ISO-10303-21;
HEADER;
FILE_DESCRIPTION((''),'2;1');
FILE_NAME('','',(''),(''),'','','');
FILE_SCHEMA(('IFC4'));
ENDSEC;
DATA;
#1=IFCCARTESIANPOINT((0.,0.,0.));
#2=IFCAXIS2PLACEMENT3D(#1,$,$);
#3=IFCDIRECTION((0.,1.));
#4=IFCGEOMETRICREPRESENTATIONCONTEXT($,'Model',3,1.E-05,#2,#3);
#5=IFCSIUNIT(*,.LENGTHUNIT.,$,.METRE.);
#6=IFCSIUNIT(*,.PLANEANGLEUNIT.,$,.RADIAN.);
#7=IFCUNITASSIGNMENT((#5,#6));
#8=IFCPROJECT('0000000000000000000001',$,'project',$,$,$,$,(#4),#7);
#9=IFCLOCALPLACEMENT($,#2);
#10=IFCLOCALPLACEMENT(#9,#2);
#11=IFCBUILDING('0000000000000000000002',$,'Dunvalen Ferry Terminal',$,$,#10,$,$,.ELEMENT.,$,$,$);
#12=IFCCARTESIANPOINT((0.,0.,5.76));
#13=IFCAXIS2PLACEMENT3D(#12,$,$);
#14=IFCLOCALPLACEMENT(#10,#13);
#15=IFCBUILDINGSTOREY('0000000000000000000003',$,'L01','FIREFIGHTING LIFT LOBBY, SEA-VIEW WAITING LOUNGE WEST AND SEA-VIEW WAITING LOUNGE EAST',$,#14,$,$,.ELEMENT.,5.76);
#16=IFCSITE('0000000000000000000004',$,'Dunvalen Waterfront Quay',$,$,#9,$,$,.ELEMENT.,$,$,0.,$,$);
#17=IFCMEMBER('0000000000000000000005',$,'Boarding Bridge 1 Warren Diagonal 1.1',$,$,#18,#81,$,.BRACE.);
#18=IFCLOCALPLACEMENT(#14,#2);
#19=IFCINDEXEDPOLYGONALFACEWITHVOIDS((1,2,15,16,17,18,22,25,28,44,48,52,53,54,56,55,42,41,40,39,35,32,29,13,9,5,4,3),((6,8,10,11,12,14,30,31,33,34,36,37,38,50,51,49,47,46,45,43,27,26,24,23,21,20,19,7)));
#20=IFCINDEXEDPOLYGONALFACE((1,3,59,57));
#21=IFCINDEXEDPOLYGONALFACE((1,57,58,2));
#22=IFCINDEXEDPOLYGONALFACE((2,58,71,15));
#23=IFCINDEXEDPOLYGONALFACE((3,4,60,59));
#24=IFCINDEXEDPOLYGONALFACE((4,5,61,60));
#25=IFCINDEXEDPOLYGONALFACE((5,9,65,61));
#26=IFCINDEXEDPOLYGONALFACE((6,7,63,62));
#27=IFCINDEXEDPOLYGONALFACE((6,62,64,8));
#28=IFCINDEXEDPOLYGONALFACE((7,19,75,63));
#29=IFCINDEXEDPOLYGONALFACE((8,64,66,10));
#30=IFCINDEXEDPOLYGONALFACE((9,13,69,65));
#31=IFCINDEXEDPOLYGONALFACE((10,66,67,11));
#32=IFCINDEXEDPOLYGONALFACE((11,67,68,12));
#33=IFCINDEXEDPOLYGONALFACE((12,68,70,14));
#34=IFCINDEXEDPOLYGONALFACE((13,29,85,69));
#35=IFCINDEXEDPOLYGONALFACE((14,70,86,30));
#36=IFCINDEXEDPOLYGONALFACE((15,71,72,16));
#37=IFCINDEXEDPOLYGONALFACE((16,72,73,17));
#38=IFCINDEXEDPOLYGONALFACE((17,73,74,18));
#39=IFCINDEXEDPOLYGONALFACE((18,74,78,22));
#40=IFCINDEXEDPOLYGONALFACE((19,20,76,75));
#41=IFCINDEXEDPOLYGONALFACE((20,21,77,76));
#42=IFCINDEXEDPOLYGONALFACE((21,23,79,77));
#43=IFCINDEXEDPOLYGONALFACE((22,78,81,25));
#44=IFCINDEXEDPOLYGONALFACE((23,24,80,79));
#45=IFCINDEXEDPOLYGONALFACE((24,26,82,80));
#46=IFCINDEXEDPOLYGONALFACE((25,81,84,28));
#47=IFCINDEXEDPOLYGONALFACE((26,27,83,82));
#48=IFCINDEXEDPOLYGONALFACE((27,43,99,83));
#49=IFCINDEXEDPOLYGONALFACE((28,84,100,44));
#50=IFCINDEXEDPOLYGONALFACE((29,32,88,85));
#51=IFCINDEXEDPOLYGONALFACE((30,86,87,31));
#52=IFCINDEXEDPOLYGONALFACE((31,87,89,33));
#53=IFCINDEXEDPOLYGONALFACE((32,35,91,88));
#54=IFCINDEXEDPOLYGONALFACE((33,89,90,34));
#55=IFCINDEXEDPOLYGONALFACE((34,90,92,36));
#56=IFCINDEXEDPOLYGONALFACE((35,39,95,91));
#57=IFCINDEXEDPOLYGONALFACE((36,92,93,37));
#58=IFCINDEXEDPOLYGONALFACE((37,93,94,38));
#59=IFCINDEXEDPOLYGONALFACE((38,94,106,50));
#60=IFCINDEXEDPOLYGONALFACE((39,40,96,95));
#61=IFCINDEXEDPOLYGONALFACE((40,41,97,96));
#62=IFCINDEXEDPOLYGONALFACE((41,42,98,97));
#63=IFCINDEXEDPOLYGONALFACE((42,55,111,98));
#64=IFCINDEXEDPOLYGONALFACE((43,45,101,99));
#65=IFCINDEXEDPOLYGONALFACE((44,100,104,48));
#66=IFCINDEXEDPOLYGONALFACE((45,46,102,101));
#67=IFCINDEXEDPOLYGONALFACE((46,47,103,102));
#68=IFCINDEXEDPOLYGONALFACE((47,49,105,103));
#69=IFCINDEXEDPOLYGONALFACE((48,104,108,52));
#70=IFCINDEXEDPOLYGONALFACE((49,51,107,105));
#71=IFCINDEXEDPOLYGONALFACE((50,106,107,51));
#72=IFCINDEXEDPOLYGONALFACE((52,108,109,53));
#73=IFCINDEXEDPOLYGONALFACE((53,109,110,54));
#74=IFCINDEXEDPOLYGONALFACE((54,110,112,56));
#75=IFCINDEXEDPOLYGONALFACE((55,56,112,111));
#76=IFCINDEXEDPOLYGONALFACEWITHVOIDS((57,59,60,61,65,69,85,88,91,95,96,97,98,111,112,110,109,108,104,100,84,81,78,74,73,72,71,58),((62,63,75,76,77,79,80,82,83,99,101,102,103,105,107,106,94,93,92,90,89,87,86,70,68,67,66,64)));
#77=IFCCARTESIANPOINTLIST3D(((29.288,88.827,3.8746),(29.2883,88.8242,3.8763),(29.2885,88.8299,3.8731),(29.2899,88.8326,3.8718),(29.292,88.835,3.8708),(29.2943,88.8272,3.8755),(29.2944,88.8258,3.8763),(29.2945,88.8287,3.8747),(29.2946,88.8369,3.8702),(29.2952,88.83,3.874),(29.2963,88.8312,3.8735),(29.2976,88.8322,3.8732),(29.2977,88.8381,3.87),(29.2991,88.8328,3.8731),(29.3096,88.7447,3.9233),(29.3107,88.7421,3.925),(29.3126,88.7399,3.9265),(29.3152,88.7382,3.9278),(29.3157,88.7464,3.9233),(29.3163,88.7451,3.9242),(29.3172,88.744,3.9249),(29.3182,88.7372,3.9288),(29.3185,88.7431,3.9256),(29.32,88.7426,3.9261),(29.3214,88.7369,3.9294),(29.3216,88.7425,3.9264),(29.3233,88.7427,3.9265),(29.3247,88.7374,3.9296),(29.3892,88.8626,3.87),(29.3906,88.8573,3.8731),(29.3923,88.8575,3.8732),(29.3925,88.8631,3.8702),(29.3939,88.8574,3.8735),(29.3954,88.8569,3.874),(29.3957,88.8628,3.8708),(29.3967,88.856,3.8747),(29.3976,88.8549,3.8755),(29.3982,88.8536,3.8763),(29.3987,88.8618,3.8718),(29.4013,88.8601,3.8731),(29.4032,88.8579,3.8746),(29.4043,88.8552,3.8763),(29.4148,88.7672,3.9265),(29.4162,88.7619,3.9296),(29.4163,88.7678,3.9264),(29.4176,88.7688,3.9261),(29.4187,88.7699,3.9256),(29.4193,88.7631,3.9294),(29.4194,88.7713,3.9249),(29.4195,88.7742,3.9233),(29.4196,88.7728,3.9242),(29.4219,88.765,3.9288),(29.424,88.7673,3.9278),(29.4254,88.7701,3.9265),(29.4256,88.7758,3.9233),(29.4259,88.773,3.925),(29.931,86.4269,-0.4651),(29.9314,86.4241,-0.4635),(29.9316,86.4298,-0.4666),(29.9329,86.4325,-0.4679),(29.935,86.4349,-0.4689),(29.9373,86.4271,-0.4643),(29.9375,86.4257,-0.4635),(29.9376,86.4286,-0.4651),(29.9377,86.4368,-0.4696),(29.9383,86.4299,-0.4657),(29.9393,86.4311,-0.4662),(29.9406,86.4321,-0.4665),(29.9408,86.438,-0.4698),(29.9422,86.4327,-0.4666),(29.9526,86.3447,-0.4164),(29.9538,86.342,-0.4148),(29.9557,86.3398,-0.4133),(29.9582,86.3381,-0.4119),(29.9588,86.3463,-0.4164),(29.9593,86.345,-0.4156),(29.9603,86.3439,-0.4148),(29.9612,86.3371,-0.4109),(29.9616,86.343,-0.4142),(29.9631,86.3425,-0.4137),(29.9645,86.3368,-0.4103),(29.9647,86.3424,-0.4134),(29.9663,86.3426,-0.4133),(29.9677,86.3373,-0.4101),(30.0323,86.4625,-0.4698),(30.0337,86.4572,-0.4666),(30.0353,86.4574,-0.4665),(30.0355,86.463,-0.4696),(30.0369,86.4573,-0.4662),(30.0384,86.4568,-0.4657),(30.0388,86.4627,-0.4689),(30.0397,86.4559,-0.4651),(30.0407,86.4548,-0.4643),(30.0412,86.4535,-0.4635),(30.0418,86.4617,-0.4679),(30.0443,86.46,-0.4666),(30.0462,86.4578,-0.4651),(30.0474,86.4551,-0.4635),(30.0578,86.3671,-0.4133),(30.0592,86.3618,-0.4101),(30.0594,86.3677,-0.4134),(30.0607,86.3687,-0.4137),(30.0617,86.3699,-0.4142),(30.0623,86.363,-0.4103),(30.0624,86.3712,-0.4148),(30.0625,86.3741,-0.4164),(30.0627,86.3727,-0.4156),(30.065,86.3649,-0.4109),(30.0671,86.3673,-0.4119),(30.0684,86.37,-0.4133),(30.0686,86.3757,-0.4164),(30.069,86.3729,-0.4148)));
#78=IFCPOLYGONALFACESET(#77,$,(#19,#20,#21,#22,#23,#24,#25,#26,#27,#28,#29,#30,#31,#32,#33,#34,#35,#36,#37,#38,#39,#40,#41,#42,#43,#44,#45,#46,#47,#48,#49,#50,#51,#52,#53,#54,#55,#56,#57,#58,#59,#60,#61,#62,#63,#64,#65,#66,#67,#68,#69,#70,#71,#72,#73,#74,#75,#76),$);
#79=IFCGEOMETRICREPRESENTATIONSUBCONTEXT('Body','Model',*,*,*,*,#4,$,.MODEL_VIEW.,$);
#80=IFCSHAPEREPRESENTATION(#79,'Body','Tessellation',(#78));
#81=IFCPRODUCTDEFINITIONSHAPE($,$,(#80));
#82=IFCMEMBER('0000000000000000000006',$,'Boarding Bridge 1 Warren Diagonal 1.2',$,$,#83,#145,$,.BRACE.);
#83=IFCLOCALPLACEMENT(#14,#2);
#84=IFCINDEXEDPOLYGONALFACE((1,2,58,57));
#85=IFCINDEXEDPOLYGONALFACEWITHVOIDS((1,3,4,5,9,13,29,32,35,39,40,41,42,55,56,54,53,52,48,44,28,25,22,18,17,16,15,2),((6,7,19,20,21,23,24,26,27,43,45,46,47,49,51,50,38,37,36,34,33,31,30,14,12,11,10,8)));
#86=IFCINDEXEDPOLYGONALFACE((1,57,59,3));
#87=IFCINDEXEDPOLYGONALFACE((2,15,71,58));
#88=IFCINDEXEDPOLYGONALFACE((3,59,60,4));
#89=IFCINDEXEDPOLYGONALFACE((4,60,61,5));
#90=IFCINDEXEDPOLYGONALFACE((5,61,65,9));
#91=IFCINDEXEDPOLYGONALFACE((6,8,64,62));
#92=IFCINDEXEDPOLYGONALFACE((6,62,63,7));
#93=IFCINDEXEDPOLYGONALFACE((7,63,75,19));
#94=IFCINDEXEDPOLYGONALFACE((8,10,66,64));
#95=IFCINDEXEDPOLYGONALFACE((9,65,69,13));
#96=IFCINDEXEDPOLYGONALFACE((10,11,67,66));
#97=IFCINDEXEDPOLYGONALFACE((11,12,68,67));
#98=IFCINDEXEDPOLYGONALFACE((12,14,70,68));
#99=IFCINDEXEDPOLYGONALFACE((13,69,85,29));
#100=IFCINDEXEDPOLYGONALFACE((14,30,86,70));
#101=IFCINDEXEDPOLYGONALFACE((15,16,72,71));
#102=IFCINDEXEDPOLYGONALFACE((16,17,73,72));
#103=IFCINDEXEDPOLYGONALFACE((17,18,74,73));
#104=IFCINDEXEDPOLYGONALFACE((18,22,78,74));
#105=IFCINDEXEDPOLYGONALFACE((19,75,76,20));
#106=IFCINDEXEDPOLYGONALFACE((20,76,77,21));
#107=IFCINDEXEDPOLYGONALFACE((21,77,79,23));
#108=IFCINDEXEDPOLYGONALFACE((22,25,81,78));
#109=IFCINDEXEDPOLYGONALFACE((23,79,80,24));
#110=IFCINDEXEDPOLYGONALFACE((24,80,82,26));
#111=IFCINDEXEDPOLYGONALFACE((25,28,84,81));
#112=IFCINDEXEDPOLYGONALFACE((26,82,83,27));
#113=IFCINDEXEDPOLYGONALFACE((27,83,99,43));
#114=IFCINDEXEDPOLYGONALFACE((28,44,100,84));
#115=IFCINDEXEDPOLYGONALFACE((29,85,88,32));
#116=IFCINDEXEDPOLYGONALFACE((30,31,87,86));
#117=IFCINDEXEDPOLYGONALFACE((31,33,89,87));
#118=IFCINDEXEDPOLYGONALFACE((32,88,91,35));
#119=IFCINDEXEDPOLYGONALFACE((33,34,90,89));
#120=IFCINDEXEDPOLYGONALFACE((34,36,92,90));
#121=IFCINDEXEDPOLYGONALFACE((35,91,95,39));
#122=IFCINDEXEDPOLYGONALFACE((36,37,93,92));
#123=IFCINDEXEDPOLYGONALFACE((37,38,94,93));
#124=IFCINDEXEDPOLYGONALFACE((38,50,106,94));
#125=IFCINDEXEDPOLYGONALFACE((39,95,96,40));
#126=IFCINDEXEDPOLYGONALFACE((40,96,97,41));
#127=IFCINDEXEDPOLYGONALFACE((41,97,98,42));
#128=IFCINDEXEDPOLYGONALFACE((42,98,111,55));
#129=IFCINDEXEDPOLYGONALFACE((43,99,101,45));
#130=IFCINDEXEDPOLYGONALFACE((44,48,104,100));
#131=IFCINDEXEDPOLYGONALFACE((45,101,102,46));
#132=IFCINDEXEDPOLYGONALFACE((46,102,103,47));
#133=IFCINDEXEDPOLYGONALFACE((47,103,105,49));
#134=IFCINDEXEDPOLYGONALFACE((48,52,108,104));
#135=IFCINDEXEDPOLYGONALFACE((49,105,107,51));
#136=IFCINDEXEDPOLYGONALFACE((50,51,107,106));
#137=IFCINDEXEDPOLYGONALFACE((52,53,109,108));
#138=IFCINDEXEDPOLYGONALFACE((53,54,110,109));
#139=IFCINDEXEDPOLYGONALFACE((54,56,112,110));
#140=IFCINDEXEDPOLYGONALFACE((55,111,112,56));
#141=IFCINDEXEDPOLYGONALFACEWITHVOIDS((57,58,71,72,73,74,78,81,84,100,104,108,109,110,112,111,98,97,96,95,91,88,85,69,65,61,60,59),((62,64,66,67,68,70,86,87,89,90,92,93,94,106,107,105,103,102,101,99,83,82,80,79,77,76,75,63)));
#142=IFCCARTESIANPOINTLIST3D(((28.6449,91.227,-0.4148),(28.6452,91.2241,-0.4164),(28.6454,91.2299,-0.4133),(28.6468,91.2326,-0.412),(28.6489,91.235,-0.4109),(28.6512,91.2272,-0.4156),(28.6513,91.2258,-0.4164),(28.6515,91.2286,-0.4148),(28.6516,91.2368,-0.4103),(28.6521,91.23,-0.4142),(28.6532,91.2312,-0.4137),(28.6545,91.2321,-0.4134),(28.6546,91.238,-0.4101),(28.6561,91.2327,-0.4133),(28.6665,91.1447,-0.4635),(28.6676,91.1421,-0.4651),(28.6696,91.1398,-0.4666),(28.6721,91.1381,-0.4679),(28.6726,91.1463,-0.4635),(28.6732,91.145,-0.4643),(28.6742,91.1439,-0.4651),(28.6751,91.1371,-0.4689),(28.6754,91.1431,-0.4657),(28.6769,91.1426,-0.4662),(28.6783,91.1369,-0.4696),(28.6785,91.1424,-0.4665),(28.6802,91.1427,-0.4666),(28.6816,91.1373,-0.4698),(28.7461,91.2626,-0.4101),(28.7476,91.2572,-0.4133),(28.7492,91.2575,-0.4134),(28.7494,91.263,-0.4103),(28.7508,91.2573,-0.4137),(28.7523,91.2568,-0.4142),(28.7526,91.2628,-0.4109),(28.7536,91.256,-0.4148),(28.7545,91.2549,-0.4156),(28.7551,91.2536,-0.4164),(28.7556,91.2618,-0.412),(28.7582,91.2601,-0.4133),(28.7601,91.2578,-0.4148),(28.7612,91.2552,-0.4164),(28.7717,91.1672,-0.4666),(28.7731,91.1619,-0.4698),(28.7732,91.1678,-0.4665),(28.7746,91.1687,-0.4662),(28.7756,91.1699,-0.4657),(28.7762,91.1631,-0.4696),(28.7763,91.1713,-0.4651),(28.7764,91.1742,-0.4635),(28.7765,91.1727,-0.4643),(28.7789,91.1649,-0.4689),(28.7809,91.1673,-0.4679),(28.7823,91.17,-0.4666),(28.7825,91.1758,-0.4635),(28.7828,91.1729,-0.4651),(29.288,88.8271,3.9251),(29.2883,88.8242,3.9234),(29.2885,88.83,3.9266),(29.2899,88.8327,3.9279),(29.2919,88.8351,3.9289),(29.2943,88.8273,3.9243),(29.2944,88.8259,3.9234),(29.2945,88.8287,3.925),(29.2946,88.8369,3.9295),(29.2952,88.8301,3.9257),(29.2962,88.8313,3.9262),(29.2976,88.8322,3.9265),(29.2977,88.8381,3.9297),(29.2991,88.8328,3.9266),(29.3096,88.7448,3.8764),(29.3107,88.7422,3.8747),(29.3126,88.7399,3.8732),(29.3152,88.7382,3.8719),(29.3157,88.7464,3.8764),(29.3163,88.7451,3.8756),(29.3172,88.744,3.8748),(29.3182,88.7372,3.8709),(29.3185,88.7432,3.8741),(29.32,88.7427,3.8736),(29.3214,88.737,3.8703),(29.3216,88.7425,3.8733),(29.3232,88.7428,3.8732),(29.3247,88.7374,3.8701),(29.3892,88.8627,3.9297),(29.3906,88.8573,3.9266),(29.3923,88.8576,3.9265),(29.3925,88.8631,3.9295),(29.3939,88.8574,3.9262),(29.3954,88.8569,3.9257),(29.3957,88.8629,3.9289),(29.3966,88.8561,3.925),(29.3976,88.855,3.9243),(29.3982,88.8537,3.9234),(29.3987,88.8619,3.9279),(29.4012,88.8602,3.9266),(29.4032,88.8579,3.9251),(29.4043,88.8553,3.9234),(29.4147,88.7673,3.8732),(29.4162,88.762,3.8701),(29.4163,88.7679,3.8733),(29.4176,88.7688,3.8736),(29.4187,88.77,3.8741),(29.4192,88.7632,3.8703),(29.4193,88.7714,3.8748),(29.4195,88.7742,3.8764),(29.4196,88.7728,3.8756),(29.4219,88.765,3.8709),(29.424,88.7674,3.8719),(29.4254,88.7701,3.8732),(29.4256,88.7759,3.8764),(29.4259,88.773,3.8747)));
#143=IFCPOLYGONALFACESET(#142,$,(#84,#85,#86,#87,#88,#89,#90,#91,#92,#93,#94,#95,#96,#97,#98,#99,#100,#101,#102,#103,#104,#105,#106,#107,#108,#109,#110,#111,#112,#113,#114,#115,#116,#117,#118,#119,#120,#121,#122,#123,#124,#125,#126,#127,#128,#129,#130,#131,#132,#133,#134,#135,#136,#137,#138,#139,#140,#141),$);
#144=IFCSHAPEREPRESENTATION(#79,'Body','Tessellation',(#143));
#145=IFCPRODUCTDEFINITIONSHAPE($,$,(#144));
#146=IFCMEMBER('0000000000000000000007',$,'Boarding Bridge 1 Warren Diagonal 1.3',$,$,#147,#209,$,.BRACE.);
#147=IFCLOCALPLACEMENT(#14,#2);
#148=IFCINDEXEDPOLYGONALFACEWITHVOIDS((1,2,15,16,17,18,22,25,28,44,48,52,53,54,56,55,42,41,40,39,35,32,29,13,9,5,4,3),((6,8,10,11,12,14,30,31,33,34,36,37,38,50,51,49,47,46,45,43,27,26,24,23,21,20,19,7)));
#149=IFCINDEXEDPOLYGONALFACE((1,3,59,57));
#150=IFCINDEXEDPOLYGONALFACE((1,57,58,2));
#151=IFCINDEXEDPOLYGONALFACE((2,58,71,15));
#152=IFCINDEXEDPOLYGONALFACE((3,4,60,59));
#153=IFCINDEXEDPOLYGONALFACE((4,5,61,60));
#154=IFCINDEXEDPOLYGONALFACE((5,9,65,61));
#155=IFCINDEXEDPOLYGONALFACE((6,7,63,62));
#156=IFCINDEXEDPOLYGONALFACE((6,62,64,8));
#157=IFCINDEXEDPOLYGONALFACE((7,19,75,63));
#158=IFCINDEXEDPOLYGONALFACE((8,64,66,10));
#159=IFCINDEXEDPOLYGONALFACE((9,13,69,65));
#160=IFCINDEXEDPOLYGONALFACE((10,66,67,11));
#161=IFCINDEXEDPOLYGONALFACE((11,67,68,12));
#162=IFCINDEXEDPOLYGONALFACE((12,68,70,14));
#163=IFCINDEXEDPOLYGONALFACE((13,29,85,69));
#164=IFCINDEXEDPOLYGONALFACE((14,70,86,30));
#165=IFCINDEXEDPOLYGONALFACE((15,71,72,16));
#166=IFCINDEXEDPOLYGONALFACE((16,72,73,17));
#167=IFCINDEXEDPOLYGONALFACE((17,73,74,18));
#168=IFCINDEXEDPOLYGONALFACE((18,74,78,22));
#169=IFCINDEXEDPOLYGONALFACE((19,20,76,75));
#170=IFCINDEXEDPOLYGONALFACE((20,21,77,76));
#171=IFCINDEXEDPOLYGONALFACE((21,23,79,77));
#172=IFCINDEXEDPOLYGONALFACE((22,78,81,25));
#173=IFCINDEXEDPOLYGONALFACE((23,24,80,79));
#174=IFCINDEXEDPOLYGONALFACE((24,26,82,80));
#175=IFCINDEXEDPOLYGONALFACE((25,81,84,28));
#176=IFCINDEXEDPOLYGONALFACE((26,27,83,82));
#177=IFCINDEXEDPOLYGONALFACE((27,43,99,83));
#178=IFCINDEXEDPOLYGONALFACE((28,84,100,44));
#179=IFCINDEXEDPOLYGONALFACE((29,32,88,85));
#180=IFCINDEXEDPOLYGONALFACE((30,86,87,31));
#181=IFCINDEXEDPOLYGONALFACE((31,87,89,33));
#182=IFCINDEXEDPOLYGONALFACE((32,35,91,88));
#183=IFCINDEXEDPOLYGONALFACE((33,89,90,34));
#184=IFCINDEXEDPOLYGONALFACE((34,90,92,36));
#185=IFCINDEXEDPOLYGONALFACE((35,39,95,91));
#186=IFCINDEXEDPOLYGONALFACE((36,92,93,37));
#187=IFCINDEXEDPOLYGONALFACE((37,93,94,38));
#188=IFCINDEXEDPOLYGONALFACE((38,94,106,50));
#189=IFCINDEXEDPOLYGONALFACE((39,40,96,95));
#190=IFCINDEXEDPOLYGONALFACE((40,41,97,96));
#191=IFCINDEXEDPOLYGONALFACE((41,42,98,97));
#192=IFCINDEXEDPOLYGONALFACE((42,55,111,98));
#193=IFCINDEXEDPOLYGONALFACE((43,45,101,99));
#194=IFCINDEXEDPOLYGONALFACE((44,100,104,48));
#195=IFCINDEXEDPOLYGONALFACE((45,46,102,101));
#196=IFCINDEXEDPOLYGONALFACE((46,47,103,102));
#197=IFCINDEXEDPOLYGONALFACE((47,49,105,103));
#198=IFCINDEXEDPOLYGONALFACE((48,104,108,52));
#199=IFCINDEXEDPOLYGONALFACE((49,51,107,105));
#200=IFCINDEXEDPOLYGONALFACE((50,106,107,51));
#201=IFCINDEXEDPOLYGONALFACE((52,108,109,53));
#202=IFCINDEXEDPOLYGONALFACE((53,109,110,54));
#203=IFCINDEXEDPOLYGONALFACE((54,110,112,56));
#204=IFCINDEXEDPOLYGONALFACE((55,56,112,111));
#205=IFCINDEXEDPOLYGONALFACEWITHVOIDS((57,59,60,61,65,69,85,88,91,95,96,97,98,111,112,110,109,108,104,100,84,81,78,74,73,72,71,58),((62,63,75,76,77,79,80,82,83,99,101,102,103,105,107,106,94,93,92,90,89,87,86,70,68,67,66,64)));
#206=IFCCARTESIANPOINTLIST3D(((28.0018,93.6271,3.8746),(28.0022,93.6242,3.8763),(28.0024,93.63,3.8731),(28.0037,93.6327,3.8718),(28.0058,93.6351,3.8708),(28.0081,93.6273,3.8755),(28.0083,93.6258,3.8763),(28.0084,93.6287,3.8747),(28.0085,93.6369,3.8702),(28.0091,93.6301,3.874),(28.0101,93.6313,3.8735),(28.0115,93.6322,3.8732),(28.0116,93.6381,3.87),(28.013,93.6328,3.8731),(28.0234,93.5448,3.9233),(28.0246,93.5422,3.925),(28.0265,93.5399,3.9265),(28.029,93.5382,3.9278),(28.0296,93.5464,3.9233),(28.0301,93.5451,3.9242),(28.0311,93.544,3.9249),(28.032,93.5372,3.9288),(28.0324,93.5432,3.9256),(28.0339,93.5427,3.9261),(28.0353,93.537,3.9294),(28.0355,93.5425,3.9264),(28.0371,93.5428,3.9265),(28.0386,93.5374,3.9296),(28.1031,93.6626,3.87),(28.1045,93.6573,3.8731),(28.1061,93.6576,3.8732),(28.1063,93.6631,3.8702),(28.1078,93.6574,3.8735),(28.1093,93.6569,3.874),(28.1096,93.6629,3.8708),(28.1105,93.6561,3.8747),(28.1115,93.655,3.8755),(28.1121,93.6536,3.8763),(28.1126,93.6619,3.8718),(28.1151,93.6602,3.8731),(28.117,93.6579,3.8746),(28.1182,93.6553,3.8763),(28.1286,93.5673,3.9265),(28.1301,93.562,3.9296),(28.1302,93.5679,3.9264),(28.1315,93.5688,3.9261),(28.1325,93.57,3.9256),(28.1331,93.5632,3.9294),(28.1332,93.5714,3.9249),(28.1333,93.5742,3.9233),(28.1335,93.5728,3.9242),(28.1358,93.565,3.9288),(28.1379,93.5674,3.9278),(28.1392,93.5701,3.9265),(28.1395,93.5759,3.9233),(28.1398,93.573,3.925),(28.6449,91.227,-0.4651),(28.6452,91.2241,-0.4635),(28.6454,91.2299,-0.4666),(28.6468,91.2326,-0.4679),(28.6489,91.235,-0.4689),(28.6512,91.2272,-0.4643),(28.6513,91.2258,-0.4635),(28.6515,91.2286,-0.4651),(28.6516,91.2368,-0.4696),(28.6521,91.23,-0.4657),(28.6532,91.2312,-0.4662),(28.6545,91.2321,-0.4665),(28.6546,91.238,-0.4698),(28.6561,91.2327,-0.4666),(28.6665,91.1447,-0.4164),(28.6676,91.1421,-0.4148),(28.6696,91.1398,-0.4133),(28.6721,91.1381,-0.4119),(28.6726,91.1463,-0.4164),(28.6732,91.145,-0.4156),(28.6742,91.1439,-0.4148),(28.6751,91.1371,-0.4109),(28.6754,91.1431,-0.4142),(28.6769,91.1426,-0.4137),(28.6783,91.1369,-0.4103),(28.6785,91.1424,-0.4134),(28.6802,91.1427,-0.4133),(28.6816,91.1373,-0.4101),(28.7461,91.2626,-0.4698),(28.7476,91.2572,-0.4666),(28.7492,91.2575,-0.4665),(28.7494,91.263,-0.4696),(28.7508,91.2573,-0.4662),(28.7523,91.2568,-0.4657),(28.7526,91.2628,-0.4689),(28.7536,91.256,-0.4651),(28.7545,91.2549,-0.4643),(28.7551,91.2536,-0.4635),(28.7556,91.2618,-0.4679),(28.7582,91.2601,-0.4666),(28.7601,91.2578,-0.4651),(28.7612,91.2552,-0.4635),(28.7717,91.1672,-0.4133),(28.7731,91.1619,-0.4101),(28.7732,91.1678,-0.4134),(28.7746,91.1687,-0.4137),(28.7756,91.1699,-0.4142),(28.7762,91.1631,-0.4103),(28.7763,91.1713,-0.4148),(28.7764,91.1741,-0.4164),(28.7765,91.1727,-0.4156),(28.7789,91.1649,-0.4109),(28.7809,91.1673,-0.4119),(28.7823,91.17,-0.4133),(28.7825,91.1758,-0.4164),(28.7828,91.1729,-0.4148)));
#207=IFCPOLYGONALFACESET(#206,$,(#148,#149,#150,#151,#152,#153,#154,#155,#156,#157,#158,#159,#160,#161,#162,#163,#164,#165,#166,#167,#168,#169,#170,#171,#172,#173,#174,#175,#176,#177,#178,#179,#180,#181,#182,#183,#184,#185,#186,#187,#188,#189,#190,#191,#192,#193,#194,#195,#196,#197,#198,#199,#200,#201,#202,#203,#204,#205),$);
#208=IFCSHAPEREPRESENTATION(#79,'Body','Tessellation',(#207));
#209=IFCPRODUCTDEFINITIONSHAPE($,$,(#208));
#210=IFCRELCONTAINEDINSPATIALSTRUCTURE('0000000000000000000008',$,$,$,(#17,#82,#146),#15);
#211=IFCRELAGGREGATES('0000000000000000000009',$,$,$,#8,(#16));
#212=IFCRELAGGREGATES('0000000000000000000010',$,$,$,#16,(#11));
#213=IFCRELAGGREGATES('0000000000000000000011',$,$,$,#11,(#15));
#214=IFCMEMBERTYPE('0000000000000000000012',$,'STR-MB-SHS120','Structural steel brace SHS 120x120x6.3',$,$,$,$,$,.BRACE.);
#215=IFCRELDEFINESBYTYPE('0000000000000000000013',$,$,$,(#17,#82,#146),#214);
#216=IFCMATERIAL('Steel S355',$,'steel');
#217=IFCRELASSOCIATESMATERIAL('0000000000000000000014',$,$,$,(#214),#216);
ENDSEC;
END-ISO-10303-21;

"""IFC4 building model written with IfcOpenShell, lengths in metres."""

from ifc_helpers import new_model, si_unit, direction, frame, origin, origin_2d, place, context, subcontext, project, spatial, hollow_rectangle, extrude, material, material_profile, profile_set, type_object, element, save


model = new_model("IFC4")

# Units and contexts
model_context = context("Model", 3, precision=1e-05, world=origin(), true_north=direction((0.0, 1.0)))
body_context = subcontext(model_context, "Body", "Model", "MODEL_VIEW")
ifc_project = project(units=[si_unit("LENGTHUNIT", "METRE"), si_unit("PLANEANGLEUNIT", "RADIAN")], contexts=[model_context])

# Site, building, storey
site_placement = place(None, origin())
site = spatial("IfcSite", under=ifc_project, at=site_placement, Name="Dunvalen Waterfront Quay", CompositionType="ELEMENT", RefElevation=0.0)
building_placement = place(site_placement, origin())
building = spatial("IfcBuilding", under=site, at=building_placement, Name="Dunvalen Ferry Terminal", CompositionType="ELEMENT")
storey_placement = place(building_placement, frame((0.0, 0.0, 5.76)))
storey = spatial("IfcBuildingStorey", under=building, at=storey_placement, Name="L01", Description="FIREFIGHTING LIFT LOBBY, SEA-VIEW WAITING LOUNGE WEST AND SEA-VIEW WAITING LOUNGE EAST", CompositionType="ELEMENT", Elevation=5.76)

# Shared definitions
ifc_material_1 = material(Name="Steel S355", Category="steel")

# Members
ifc_material_profile_1 = material_profile(ifc_material_1, hollow_rectangle(XDim=0.1201, YDim=0.1201, WallThickness=0.0063, InnerFilletRadius=0.0063, OuterFilletRadius=0.0127, at=origin_2d()), Name="Steel S355")
ifc_profile_set_1 = profile_set([ifc_material_profile_1], Name="Steel S355")
member_type_1 = type_object("IfcMemberType", Name="STR-MB-SHS120", Description="Structural steel brace SHS 120x120x6.3", PredefinedType="BRACE", material=ifc_profile_set_1)
for number, where, z_axis, x_axis, name in (
    (1, (30.0, 86.3999, -0.4399), (-0.128591, 0.479948, 0.867822), (-0.965931, -0.2588, 0.0), "Boarding Bridge 1 Warren Diagonal 1.1"),
    (2, (29.3569, 88.8, 3.8999), (-0.128594, 0.47991, -0.867842), (-0.965924, -0.258824, 0.0), "Boarding Bridge 1 Warren Diagonal 1.2"),
    (3, (28.7139, 91.2, -0.4399), (-0.128591, 0.479948, 0.867822), (-0.965931, -0.2588, 0.0), "Boarding Bridge 1 Warren Diagonal 1.3"),
):
    element("IfcMember", number, at=place(storey_placement, frame(where, z_axis=z_axis, x_axis=x_axis)), inside=storey, type_object=member_type_1, Name=name, PredefinedType="BRACE", context=body_context, shape_type="SweptSolid", body=[
        extrude(hollow_rectangle(XDim=0.1201, YDim=0.1201, WallThickness=0.0063, InnerFilletRadius=0.0063, OuterFilletRadius=0.0127, at=origin_2d()), origin(), (0.0, 0.0, 1.0), 5.0007),
    ])

save(model, "model.ifc")
